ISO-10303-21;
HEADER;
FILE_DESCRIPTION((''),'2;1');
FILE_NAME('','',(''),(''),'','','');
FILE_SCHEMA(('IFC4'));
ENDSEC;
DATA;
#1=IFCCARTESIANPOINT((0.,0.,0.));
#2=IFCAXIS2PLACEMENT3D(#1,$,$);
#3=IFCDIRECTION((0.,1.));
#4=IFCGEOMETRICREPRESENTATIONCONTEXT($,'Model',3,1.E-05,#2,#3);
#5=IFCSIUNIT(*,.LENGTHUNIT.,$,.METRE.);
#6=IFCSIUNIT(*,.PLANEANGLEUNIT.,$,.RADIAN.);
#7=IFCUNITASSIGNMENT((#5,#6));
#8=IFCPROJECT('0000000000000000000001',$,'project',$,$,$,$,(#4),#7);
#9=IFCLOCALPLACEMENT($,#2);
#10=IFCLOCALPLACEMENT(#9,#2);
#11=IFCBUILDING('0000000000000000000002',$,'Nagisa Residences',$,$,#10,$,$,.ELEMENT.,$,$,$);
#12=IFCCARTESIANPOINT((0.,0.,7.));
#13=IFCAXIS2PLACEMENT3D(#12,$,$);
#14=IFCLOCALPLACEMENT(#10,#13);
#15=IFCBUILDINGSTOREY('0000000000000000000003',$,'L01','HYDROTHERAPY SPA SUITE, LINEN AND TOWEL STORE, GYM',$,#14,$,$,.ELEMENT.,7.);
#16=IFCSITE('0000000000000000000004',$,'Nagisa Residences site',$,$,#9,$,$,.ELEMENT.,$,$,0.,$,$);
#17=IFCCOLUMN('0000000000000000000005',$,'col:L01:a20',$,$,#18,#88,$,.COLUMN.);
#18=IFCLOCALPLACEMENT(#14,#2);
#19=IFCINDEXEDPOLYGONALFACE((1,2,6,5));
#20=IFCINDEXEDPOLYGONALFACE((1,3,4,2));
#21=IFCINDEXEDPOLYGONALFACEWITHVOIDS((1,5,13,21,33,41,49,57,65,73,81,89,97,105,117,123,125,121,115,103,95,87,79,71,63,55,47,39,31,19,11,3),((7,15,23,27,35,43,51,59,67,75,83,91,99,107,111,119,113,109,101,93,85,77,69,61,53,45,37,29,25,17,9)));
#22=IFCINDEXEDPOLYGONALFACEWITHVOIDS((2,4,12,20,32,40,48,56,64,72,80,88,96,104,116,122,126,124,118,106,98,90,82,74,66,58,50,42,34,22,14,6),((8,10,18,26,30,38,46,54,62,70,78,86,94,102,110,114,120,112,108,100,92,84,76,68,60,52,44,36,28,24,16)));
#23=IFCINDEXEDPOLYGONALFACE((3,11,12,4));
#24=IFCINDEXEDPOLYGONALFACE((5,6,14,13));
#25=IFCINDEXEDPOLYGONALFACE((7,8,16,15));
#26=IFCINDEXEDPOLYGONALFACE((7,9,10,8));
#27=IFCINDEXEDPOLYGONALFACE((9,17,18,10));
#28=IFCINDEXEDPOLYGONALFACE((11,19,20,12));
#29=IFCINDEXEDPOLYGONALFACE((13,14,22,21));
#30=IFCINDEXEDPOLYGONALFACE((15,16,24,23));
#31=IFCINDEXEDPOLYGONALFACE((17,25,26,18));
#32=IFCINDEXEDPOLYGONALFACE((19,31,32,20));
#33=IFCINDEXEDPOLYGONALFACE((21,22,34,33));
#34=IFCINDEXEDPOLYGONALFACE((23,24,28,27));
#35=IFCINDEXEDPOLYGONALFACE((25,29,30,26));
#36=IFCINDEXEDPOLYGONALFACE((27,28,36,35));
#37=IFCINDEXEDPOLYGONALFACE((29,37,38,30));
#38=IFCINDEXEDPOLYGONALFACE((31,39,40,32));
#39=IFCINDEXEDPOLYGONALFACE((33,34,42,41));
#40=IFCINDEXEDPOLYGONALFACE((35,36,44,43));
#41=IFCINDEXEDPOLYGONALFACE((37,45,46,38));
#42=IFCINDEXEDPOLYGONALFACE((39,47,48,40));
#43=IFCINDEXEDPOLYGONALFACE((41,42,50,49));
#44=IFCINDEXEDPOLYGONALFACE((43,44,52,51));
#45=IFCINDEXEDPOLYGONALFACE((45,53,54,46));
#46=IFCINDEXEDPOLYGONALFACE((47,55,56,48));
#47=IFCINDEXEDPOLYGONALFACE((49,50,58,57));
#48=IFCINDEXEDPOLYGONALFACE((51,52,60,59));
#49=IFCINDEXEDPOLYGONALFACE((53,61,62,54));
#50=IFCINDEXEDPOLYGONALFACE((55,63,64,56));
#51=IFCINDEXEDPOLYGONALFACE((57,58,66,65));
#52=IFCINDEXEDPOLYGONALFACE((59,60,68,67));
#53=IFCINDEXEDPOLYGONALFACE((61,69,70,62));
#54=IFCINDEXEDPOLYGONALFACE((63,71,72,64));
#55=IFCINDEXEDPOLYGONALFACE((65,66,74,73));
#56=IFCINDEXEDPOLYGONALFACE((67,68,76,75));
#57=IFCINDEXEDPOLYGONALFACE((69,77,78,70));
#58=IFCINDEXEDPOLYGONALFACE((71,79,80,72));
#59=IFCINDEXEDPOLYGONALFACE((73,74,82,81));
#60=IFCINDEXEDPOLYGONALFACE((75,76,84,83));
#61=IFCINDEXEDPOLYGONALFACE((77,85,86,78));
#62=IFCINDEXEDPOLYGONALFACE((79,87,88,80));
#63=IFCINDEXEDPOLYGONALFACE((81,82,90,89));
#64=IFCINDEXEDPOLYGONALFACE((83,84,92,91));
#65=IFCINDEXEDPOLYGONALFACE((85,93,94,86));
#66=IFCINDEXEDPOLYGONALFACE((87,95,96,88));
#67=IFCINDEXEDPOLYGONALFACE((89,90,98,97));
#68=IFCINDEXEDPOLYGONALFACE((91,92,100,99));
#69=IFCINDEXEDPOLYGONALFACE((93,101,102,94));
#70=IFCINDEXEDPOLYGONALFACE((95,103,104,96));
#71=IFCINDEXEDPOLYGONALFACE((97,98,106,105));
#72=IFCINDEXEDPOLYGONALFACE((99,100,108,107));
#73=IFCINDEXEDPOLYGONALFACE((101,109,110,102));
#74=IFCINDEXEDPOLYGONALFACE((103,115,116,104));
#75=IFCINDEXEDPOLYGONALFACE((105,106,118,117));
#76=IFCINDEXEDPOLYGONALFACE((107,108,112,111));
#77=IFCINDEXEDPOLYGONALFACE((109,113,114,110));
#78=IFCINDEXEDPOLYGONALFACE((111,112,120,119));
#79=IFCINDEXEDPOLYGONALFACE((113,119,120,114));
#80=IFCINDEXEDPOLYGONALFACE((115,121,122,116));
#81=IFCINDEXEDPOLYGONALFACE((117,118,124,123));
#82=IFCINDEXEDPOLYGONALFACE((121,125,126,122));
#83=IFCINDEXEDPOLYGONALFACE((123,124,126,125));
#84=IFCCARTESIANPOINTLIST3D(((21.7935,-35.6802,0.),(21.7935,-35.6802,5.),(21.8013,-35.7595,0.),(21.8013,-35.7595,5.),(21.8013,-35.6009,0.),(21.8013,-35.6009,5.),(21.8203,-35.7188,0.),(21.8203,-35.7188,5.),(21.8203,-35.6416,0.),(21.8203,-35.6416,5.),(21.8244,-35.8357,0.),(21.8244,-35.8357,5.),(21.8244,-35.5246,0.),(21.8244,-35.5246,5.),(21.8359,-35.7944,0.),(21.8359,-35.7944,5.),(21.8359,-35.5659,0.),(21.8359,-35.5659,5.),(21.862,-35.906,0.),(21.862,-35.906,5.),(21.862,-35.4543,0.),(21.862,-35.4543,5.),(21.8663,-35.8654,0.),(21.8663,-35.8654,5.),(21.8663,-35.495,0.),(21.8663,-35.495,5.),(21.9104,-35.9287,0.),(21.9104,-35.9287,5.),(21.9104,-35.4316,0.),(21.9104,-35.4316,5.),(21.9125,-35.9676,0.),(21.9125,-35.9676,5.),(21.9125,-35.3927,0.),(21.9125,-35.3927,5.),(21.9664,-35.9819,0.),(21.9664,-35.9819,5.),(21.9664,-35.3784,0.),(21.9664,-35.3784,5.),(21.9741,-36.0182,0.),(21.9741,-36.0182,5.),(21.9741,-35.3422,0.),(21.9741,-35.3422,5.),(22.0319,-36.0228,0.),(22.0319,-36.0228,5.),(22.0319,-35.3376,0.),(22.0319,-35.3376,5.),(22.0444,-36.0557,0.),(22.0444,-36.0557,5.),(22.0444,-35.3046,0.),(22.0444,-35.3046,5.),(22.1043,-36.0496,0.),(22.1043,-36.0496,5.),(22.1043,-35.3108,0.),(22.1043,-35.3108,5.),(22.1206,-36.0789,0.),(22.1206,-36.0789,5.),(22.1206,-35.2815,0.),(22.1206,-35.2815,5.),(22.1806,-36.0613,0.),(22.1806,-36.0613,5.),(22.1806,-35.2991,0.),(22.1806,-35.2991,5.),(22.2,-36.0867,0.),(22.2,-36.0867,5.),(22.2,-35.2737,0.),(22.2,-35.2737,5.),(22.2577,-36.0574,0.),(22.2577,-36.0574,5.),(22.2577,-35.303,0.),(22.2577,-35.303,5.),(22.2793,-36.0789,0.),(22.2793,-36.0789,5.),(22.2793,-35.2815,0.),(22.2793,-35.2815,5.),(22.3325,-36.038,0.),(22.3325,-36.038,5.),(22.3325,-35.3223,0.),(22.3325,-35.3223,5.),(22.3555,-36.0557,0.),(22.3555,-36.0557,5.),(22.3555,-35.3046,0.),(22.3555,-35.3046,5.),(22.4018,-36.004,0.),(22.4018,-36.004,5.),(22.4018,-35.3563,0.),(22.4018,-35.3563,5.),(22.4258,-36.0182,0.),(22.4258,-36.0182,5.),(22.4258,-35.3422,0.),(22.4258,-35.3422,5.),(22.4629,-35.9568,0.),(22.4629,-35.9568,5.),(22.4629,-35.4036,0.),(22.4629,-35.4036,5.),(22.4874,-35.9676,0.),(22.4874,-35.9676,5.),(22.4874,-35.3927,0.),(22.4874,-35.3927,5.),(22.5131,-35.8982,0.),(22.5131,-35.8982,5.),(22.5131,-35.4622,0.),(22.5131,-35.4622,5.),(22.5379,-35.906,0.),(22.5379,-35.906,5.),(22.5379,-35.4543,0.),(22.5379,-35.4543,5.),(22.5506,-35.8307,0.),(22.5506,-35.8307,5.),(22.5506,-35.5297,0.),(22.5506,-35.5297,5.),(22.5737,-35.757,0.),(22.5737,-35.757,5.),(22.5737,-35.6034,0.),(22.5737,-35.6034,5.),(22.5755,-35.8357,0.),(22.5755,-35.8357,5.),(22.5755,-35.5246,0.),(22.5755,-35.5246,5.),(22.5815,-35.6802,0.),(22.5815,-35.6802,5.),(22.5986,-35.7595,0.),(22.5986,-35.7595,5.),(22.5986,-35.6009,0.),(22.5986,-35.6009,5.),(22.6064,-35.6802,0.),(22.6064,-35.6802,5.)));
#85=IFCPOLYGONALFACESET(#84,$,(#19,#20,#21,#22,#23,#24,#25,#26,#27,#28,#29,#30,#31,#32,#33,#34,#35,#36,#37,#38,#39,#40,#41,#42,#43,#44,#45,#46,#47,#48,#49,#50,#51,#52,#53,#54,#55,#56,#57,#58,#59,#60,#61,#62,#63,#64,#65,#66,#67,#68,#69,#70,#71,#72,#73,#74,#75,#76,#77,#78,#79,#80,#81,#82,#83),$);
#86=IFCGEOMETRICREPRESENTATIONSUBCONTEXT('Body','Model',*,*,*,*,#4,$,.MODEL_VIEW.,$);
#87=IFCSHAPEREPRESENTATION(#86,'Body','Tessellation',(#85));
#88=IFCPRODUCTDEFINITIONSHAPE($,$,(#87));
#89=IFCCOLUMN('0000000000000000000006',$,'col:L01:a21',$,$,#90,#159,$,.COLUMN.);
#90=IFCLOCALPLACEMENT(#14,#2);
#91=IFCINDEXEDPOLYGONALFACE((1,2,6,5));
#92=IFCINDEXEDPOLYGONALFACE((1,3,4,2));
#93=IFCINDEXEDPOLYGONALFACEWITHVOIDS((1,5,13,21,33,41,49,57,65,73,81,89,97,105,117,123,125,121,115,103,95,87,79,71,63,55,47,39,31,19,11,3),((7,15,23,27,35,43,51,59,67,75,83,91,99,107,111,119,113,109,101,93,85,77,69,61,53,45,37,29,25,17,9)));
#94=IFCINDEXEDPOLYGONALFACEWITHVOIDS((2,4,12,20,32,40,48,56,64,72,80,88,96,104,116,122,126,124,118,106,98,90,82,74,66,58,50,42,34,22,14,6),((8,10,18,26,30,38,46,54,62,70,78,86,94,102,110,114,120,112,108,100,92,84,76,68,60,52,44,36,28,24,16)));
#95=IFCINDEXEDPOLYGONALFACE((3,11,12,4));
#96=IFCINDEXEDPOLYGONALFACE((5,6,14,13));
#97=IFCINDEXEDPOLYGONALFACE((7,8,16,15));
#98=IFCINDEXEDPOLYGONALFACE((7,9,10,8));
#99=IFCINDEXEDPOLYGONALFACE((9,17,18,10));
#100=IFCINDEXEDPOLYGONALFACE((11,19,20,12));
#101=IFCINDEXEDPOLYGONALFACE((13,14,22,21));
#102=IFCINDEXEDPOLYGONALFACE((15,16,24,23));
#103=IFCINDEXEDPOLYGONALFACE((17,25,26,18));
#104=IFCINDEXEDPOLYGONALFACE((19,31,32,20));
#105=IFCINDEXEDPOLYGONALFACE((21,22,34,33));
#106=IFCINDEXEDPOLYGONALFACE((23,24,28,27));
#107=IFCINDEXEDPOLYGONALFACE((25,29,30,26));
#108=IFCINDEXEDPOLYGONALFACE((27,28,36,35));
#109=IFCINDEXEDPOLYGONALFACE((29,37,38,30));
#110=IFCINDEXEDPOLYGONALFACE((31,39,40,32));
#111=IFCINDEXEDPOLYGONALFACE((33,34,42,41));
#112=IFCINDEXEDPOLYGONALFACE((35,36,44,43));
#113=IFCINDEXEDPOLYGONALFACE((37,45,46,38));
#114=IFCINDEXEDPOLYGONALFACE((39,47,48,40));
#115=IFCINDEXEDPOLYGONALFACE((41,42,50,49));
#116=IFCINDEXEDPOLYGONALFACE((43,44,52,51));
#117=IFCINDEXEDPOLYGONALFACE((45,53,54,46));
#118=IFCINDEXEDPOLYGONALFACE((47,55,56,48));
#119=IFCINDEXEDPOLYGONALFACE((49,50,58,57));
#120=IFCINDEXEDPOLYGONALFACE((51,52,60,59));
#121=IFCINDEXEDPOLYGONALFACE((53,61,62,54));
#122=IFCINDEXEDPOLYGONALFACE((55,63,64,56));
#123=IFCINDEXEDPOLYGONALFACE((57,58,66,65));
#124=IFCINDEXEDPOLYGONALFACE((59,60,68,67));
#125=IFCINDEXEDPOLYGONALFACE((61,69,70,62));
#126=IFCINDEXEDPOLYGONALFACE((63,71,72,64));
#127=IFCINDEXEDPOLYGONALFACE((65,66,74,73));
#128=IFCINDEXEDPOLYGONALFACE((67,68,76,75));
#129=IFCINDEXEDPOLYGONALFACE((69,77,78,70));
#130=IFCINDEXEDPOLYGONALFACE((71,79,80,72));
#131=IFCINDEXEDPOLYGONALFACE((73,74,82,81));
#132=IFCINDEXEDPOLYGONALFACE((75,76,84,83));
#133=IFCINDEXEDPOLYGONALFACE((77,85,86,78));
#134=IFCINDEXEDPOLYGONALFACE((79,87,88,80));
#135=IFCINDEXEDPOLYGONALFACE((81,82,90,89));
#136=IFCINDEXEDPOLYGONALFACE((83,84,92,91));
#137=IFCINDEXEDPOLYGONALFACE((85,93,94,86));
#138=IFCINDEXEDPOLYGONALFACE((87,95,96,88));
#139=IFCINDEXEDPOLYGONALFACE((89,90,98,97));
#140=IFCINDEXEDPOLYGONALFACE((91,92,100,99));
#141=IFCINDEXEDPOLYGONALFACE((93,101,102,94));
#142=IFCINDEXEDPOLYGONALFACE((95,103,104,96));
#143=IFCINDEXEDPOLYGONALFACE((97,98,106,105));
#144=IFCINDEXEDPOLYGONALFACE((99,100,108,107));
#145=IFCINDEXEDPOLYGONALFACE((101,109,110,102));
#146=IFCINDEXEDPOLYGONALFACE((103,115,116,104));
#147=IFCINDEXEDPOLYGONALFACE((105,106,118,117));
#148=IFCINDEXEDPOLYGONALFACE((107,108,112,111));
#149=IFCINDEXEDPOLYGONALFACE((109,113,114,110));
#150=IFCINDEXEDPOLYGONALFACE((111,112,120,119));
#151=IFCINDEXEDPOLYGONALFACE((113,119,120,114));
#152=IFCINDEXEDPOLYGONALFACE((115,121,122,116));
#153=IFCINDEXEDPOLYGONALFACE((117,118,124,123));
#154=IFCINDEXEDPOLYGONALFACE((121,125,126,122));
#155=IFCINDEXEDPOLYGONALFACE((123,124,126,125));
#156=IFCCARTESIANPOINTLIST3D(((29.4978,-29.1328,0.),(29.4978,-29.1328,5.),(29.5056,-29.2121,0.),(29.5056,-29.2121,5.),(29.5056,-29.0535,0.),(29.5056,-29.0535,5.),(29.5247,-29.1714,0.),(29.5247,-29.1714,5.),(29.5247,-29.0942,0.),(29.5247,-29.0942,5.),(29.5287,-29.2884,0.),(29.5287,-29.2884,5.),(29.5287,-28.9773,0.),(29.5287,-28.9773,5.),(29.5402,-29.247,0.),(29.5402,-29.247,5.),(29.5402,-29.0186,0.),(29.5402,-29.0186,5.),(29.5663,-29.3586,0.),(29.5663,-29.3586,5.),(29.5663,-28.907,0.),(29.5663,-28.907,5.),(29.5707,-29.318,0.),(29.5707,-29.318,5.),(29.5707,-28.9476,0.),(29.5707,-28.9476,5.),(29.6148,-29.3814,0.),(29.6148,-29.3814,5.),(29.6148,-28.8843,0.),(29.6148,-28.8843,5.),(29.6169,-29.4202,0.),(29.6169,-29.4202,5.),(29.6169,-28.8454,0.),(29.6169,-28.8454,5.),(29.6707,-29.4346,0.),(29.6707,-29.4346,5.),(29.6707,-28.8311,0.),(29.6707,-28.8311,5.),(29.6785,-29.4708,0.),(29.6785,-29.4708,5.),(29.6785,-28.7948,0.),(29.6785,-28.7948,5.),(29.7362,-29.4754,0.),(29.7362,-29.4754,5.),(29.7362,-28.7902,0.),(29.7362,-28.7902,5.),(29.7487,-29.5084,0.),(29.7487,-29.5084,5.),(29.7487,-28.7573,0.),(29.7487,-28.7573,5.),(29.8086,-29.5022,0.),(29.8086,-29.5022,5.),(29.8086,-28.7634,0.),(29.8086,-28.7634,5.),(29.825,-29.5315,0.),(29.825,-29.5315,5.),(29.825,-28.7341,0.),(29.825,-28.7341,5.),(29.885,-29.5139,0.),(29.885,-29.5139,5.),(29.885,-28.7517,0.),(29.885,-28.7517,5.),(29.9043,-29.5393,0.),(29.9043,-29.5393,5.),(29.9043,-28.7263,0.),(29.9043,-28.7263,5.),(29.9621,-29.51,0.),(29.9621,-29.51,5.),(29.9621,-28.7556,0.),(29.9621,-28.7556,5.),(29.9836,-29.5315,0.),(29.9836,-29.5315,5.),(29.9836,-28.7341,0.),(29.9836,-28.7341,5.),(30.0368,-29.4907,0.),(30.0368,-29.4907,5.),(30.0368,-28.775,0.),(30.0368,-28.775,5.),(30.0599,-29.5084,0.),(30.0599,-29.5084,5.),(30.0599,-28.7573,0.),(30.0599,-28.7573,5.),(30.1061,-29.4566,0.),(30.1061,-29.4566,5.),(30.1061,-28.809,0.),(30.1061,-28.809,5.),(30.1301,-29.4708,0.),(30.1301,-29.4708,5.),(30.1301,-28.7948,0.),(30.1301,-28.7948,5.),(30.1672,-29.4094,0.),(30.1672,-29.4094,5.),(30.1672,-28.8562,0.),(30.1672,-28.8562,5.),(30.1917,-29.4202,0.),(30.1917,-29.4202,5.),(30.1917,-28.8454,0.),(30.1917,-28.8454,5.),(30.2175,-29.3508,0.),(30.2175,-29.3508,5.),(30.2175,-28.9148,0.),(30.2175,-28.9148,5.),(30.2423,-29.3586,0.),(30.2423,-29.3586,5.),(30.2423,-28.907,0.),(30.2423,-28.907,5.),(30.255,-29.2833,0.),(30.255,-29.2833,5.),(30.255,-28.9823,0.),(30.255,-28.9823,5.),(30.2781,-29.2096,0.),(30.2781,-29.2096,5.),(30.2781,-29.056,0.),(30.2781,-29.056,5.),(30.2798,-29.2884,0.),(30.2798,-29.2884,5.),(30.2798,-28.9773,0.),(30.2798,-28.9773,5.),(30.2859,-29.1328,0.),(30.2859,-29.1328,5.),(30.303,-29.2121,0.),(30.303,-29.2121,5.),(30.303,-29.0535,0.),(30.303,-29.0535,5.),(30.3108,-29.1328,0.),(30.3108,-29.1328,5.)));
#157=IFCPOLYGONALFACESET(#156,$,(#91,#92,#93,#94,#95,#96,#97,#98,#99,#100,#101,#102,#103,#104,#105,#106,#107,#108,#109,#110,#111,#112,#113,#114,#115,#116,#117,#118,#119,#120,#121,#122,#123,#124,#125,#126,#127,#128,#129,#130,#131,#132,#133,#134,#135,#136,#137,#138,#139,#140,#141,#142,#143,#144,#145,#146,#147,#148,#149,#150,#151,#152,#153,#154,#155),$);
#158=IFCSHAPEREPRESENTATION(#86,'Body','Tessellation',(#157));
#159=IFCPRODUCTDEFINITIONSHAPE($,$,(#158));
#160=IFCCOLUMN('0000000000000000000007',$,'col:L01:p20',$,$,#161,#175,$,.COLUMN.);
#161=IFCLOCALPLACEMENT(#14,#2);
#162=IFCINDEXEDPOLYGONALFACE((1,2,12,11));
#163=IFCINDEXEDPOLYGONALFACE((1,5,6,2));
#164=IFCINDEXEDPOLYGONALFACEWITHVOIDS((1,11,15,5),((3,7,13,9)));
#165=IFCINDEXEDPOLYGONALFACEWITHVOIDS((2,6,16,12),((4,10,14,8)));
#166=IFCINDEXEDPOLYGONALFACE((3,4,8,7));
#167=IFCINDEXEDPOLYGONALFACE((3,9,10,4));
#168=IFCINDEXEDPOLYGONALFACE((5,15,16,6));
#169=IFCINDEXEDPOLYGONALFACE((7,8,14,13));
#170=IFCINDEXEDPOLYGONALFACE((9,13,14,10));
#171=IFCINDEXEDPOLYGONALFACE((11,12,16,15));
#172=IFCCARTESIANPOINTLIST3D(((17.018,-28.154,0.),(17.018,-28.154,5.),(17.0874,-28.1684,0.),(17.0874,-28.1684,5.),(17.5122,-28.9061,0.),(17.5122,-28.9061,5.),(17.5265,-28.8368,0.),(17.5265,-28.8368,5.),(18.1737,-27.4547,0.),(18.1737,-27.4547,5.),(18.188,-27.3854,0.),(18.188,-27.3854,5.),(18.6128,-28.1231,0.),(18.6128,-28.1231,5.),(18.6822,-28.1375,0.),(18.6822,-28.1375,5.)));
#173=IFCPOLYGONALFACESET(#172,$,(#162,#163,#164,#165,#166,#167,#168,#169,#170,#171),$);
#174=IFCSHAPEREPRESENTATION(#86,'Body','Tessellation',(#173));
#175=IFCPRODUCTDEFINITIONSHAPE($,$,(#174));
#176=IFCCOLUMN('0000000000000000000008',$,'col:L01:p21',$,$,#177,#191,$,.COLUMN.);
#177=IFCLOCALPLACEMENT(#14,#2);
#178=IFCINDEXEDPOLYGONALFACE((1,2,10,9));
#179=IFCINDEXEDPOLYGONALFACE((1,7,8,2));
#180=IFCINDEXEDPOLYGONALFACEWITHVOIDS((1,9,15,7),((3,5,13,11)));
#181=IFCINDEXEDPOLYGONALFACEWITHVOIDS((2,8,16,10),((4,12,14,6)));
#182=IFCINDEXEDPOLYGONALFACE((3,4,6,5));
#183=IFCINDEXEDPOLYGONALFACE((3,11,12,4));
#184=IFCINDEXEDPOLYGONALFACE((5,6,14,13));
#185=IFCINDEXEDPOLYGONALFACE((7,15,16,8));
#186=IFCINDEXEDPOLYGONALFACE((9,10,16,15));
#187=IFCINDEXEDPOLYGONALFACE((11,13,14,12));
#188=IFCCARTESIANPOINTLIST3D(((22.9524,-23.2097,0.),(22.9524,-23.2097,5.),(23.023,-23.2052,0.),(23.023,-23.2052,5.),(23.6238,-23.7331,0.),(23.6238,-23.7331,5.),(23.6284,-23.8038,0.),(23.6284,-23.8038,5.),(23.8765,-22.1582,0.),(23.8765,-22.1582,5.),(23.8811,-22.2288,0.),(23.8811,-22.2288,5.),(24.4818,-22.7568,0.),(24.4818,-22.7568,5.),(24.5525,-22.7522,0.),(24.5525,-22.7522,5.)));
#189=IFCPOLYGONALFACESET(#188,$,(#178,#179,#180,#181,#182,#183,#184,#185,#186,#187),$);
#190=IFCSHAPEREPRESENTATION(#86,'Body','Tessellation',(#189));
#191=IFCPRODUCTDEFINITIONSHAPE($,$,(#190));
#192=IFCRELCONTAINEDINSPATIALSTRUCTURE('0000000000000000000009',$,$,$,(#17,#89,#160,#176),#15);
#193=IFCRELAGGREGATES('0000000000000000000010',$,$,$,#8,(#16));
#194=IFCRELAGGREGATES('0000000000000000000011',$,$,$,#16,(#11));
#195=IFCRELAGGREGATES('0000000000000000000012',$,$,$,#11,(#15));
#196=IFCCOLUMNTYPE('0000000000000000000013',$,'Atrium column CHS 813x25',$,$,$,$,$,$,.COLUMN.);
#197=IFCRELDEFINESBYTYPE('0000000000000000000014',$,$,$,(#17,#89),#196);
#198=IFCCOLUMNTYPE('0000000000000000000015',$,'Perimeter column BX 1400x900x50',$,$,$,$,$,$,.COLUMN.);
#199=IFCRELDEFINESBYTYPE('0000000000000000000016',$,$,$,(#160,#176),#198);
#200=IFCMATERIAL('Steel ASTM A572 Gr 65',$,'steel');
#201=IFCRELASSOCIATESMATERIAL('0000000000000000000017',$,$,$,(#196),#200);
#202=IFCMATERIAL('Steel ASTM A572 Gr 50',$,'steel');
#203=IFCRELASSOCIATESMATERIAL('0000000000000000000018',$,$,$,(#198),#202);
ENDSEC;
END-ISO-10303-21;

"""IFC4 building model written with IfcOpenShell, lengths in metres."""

from ifc_helpers import new_model, si_unit, direction, frame, origin, origin_2d, place, context, subcontext, project, spatial, hollow_rectangle, hollow_circle, extrude, material, material_profile, profile_set, type_object, element, save


model = new_model("IFC4")

# Units and contexts
model_context = context("Model", 3, precision=1e-05, world=origin(), true_north=direction((0.0, 1.0)))
body_context = subcontext(model_context, "Body", "Model", "MODEL_VIEW")
ifc_project = project(units=[si_unit("LENGTHUNIT", "METRE"), si_unit("PLANEANGLEUNIT", "RADIAN")], contexts=[model_context])

# Site, building, storey
site_placement = place(None, origin())
site = spatial("IfcSite", under=ifc_project, at=site_placement, Name="Nagisa Residences site", CompositionType="ELEMENT", RefElevation=0.0)
building_placement = place(site_placement, origin())
building = spatial("IfcBuilding", under=site, at=building_placement, Name="Nagisa Residences", CompositionType="ELEMENT")
storey_placement = place(building_placement, frame((0.0, 0.0, 7.0)))
storey = spatial("IfcBuildingStorey", under=building, at=storey_placement, Name="L01", Description="HYDROTHERAPY SPA SUITE, LINEN AND TOWEL STORE, GYM", CompositionType="ELEMENT", Elevation=7.0)

# Columns
ifc_material_1 = material(Name="Steel ASTM A572 Gr 65", Category="steel")
ifc_material_profile_1 = material_profile(ifc_material_1, hollow_circle(Radius=0.4065, WallThickness=0.0249, at=origin_2d()), Name="CHS 813x25")
ifc_profile_set_1 = profile_set([ifc_material_profile_1], Name="Steel ASTM A572 Gr 65")
column_type_1 = type_object("IfcColumnType", Name="Atrium column CHS 813x25", PredefinedType="COLUMN", material=ifc_profile_set_1)
for number, where, z_axis, x_axis, name in (
    (1, (22.2, -35.6802, 0.0), (0.0, 0.0, 1.0), (1.0, 0.0, 0.0), "col:L01:a20"),
    (2, (29.9043, -29.1328, 0.0), (0.0, 0.0, 1.0), (1.0, 0.0, 0.0), "col:L01:a21"),
):
    element("IfcColumn", number, at=place(storey_placement, frame(where, z_axis=z_axis, x_axis=x_axis)), inside=storey, type_object=column_type_1, Name=name, PredefinedType="COLUMN", context=body_context, shape_type="SweptSolid", body=[
        extrude(hollow_circle(Radius=0.4065, WallThickness=0.0249, at=origin_2d()), origin(), (0.0, 0.0, 1.0), 5.0),
    ])
ifc_material_2 = material(Name="Steel ASTM A572 Gr 50", Category="steel")
ifc_material_profile_2 = material_profile(ifc_material_2, hollow_rectangle(XDim=1.3999, YDim=0.8999, WallThickness=0.05, at=origin_2d()), Name="BX 1400x900x50")
ifc_profile_set_2 = profile_set([ifc_material_profile_2], Name="Steel ASTM A572 Gr 50")
column_type_2 = type_object("IfcColumnType", Name="Perimeter column BX 1400x900x50", PredefinedType="COLUMN", material=ifc_profile_set_2)
for number, where, z_axis, x_axis, name in (
    (3, (17.8501, -28.1458, 0.0), (0.0, 0.0, 1.0), (0.835766, 0.549086, 0.0), "col:L01:p20"),
    (4, (23.7524, -22.981, 0.0), (0.0, 0.0, 1.0), (0.660115, 0.751165, 0.0), "col:L01:p21"),
):
    element("IfcColumn", number, at=place(storey_placement, frame(where, z_axis=z_axis, x_axis=x_axis)), inside=storey, type_object=column_type_2, Name=name, PredefinedType="COLUMN", context=body_context, shape_type="SweptSolid", body=[
        extrude(hollow_rectangle(XDim=1.3999, YDim=0.8999, WallThickness=0.05, at=origin_2d()), origin(), (0.0, 0.0, 1.0), 5.0),
    ])

save(model, "model.ifc")
